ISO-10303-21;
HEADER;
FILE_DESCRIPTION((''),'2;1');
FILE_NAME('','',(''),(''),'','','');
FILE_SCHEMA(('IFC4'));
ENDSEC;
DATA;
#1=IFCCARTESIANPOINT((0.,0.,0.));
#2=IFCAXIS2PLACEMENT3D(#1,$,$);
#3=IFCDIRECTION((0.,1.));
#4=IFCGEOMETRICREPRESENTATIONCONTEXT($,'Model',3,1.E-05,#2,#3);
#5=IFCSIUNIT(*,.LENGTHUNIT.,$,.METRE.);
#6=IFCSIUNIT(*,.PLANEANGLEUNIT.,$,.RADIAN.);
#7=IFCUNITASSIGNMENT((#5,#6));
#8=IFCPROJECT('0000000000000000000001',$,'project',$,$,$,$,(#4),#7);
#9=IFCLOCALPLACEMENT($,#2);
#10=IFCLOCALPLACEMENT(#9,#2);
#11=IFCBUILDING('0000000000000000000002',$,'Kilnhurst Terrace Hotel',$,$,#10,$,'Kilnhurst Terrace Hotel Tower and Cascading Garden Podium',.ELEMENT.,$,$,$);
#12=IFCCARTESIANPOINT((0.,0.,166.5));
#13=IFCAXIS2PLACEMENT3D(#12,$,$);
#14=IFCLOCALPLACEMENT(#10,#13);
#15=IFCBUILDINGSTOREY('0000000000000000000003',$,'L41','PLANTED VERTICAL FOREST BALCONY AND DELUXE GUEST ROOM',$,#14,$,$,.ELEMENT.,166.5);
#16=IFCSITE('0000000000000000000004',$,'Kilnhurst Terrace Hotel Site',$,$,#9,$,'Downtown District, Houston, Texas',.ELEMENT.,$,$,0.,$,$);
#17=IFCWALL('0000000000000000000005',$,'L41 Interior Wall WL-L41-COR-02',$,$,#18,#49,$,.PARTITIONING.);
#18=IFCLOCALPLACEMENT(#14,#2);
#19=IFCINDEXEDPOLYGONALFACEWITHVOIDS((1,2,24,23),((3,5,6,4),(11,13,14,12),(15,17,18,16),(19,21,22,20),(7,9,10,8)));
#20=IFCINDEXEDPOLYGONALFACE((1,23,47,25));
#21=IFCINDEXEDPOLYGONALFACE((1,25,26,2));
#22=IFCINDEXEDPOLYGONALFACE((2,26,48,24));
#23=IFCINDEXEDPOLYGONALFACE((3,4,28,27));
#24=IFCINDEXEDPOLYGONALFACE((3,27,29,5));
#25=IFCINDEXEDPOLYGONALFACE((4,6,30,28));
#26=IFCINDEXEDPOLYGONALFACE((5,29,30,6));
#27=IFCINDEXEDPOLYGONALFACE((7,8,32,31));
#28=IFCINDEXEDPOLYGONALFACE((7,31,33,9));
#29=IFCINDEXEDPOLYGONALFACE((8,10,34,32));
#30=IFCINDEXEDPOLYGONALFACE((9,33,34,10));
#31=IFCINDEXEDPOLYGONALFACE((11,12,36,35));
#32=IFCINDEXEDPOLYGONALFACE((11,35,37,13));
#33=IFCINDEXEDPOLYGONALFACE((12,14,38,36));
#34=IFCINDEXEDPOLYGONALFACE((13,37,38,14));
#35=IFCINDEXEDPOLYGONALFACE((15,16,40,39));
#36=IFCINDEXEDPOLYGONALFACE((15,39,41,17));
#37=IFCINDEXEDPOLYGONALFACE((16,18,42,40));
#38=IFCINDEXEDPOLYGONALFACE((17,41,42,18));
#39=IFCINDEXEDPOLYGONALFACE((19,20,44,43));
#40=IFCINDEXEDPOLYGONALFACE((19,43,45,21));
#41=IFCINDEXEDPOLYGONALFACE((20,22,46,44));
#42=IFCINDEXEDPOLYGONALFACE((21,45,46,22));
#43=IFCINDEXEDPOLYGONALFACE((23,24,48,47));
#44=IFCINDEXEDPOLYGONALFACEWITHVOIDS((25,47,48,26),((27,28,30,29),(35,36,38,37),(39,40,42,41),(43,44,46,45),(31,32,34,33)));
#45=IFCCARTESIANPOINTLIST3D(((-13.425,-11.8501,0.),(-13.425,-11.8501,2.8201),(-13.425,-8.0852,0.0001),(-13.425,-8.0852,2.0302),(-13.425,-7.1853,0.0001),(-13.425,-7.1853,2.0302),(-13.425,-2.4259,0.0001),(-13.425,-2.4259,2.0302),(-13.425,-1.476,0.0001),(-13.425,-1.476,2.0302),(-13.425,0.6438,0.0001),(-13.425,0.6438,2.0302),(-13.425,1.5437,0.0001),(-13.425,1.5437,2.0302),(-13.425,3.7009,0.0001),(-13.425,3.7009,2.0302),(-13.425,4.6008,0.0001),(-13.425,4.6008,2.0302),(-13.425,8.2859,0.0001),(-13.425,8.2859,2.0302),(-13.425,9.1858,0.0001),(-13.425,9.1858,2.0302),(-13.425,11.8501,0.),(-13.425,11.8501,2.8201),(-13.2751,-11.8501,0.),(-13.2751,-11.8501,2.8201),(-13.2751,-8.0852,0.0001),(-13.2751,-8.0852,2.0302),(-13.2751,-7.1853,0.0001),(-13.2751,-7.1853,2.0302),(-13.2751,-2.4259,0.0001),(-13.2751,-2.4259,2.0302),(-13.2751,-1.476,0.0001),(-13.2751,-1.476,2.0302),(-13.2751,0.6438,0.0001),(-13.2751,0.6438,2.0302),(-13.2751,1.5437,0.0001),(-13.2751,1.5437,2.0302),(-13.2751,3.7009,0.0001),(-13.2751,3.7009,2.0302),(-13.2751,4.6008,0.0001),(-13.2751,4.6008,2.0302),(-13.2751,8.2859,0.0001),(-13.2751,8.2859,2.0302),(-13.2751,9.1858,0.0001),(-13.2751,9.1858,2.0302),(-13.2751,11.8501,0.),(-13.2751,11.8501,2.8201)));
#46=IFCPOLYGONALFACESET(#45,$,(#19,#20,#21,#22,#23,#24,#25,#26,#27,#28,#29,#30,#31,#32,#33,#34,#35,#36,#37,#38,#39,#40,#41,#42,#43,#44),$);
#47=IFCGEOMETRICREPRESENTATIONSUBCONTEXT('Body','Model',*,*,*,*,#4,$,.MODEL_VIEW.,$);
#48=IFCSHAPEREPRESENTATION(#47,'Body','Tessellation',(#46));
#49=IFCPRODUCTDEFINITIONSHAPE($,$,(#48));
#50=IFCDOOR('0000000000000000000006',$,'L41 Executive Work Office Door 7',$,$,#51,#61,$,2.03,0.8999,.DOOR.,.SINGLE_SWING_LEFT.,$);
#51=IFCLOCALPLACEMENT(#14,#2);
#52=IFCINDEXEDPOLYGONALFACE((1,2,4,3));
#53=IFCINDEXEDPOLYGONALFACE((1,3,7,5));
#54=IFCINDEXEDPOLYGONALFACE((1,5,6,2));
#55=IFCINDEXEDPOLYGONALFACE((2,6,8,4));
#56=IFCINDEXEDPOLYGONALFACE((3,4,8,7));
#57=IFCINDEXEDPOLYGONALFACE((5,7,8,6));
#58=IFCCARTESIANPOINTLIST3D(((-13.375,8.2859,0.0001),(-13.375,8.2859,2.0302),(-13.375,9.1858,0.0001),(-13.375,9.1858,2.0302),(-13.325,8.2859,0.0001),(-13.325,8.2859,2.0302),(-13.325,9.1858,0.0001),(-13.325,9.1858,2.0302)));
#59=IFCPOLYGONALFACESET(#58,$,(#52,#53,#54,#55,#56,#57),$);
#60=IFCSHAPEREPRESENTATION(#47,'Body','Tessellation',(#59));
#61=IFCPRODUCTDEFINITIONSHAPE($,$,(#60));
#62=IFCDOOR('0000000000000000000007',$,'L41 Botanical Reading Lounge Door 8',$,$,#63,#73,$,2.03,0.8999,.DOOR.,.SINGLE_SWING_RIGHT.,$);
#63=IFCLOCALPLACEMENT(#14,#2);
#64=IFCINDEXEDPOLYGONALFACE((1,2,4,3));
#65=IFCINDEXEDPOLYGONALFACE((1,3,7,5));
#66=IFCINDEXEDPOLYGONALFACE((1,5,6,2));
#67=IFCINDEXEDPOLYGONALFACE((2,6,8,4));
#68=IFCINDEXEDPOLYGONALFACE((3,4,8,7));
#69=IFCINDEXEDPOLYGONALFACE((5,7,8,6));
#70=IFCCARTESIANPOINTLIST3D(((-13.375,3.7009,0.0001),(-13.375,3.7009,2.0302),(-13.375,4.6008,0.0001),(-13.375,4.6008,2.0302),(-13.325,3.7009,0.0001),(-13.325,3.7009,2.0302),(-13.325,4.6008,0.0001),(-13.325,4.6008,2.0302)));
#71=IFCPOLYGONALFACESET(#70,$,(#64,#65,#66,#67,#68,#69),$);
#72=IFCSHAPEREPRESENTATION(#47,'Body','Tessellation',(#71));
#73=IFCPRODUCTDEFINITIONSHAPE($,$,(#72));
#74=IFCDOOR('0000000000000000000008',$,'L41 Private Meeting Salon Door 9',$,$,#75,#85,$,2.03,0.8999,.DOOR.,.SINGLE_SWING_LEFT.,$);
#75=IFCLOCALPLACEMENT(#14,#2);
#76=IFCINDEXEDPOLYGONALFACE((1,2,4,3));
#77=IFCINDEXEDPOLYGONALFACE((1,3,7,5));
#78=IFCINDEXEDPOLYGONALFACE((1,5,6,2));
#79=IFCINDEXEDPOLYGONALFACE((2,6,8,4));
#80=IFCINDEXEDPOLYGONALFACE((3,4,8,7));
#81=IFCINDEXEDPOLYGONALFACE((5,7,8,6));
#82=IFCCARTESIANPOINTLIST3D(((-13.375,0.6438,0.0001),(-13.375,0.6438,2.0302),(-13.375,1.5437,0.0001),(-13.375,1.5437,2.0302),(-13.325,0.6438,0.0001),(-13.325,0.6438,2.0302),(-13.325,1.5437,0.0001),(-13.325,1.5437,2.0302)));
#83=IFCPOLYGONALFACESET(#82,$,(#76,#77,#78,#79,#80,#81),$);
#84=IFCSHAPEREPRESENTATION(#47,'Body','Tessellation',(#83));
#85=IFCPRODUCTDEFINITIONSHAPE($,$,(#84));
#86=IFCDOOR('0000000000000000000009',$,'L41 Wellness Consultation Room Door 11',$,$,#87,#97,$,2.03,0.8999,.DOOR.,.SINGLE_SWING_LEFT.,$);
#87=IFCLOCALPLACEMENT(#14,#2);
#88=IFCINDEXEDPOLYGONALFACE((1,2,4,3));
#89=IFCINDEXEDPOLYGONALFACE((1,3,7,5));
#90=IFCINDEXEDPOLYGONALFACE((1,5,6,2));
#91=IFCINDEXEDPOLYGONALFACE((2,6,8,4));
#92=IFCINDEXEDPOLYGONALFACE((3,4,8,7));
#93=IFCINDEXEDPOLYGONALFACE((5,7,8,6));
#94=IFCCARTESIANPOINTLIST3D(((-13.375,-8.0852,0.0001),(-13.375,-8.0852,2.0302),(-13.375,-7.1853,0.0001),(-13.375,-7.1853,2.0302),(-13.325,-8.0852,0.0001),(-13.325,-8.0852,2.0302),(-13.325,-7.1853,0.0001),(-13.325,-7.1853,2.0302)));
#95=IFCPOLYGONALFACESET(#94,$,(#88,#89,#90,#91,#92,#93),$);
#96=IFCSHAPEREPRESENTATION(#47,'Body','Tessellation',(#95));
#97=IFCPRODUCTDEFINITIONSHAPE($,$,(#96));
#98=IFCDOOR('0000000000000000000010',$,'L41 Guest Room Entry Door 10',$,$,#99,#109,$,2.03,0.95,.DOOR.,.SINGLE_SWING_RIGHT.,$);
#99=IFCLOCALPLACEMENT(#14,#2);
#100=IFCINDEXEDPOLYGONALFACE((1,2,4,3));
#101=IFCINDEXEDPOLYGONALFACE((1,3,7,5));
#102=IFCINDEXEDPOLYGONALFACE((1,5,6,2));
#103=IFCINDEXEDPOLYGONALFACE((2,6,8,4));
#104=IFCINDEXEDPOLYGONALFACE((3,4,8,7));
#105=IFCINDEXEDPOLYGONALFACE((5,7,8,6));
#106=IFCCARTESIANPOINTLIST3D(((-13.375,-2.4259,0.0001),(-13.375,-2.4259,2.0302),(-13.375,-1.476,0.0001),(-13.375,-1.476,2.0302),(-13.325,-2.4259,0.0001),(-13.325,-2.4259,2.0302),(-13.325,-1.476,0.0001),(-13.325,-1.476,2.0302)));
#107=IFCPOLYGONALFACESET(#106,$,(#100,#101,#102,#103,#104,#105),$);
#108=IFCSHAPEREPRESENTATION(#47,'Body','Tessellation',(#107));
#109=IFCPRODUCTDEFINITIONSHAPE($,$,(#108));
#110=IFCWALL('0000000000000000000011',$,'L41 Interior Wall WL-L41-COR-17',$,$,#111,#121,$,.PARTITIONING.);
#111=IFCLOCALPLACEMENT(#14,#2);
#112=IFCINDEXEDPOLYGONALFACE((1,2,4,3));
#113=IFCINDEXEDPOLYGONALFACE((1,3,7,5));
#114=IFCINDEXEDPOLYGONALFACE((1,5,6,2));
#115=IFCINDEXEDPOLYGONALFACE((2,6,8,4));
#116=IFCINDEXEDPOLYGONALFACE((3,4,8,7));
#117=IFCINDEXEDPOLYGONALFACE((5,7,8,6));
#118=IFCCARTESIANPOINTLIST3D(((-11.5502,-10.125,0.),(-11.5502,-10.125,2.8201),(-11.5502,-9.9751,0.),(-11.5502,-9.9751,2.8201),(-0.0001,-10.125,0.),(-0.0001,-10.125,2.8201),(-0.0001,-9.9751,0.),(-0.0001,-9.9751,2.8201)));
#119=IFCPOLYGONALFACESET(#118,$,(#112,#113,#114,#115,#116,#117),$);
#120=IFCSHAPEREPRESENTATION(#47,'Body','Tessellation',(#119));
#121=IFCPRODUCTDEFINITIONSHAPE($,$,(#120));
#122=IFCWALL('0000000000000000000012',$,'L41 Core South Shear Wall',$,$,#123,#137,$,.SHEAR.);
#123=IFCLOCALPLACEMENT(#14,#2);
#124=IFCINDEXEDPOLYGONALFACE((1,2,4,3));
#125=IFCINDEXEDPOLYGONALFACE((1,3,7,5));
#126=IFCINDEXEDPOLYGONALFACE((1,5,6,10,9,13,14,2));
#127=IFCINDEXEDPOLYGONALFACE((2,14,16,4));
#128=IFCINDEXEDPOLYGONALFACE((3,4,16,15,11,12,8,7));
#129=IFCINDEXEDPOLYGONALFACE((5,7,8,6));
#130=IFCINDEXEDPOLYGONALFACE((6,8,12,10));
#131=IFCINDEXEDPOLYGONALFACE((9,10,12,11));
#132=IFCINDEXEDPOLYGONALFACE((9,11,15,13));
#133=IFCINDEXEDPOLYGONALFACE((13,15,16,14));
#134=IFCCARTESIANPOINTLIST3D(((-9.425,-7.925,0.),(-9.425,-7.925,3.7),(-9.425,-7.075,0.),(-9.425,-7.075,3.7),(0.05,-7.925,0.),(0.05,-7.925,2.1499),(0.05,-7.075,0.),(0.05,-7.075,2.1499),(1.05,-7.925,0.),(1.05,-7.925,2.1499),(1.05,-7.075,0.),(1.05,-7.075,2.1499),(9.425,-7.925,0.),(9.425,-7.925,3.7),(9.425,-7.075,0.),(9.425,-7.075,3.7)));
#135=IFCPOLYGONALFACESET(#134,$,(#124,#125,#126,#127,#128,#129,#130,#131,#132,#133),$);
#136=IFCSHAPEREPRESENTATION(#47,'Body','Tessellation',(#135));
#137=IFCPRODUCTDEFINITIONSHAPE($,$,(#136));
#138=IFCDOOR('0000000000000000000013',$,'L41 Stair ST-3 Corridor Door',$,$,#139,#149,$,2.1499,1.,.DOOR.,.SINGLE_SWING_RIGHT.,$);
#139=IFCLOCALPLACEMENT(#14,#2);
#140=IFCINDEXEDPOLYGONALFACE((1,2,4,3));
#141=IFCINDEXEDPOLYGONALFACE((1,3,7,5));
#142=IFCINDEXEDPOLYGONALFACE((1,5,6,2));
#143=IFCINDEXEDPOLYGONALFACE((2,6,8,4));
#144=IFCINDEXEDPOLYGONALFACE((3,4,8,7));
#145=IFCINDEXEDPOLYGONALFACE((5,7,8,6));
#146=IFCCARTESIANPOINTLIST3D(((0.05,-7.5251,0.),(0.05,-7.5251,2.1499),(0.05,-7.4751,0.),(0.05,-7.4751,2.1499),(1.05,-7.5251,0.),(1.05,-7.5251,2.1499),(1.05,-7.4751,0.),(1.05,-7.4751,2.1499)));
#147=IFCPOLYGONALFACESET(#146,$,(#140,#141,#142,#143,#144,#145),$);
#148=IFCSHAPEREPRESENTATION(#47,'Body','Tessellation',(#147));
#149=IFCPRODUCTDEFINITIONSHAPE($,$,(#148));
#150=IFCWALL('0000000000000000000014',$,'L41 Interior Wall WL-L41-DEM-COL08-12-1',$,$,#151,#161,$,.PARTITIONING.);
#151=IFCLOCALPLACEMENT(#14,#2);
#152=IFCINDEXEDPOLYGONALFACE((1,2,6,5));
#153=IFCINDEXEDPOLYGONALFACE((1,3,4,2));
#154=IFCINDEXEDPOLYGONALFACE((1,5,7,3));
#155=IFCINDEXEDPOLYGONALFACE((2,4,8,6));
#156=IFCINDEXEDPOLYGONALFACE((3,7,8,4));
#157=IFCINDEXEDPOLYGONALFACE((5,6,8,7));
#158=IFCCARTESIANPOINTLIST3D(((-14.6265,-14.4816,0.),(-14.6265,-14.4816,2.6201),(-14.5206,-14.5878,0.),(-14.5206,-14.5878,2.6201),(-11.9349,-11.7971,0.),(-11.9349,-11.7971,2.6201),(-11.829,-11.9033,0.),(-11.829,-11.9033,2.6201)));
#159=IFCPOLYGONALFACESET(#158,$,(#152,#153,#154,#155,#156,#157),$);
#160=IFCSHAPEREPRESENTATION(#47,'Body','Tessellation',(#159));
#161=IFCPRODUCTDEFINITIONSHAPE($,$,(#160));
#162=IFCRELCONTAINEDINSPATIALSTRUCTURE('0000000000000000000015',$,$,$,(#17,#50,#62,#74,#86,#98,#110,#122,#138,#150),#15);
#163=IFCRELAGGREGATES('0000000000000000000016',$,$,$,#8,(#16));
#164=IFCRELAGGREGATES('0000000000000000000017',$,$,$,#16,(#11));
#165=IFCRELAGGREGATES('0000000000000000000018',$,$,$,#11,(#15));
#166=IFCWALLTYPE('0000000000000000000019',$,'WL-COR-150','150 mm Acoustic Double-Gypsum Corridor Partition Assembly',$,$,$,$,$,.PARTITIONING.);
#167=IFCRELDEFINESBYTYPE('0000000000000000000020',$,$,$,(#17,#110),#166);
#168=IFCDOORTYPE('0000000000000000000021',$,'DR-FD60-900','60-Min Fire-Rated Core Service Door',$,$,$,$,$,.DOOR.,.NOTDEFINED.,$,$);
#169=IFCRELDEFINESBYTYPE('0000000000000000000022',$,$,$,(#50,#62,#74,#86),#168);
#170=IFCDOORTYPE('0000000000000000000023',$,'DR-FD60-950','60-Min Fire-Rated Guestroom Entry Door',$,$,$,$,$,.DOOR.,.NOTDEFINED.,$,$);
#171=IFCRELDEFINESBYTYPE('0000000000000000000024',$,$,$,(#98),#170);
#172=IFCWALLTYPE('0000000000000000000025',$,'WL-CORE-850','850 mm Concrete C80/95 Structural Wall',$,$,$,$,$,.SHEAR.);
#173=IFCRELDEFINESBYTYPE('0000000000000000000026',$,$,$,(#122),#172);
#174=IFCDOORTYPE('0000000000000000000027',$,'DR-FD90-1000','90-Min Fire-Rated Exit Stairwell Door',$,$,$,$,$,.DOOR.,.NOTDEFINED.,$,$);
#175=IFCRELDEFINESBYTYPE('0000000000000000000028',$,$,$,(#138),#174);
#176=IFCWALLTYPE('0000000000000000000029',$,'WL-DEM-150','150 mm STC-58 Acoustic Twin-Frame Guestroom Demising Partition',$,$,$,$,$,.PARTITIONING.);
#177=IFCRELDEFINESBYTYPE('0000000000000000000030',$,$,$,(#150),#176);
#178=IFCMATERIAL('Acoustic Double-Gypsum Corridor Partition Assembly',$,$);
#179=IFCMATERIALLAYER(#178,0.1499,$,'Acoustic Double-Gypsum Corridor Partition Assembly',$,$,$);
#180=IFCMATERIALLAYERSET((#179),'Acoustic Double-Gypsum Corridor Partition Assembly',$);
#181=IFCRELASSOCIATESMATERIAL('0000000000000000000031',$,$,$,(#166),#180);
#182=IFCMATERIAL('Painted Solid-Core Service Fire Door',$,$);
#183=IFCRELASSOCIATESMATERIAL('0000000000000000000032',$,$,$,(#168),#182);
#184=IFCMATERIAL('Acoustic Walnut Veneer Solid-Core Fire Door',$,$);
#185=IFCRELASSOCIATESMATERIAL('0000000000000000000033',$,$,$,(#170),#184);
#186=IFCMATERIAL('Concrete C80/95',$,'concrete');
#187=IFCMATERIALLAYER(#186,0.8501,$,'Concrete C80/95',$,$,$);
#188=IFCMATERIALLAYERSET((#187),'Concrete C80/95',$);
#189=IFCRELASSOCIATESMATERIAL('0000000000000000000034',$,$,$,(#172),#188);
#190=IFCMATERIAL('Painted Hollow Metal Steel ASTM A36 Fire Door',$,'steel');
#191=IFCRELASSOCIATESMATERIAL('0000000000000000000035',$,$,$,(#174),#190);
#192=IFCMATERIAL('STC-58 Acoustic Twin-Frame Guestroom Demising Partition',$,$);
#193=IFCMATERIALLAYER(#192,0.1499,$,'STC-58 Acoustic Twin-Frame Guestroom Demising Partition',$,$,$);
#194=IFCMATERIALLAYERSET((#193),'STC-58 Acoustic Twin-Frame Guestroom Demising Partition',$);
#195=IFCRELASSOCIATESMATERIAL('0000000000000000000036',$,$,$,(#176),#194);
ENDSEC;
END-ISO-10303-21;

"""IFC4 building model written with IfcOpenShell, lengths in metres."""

from ifc_helpers import new_model, si_unit, direction, frame, frame_2d, origin, place, context, subcontext, project, spatial, rectangle, extrude, material, layer, layer_set, type_object, element, fill, save


model = new_model("IFC4")

# Units and contexts
model_context = context("Model", 3, precision=1e-05, world=origin(), true_north=direction((0.0, 1.0)))
body_context = subcontext(model_context, "Body", "Model", "MODEL_VIEW")
ifc_project = project(units=[si_unit("LENGTHUNIT", "METRE"), si_unit("PLANEANGLEUNIT", "RADIAN")], contexts=[model_context])

# Site, building, storey
site_placement = place(None, origin())
site = spatial("IfcSite", under=ifc_project, at=site_placement, Name="Kilnhurst Terrace Hotel Site", LongName="Downtown District, Houston, Texas", CompositionType="ELEMENT", RefElevation=0.0)
building_placement = place(site_placement, origin())
building = spatial("IfcBuilding", under=site, at=building_placement, Name="Kilnhurst Terrace Hotel", LongName="Kilnhurst Terrace Hotel Tower and Cascading Garden Podium", CompositionType="ELEMENT")
storey_placement = place(building_placement, frame((0.0, 0.0, 166.5)))
storey = spatial("IfcBuildingStorey", under=building, at=storey_placement, Name="L41", Description="PLANTED VERTICAL FOREST BALCONY AND DELUXE GUEST ROOM", CompositionType="ELEMENT", Elevation=166.5)

# Shared definitions
ifc_material_1 = material(Name="Concrete C80/95", Category="concrete")

# Wall, openings, doors
ifc_material_2 = material(Name="Acoustic Double-Gypsum Corridor Partition Assembly")
ifc_layer_1 = layer(ifc_material_2, 0.1499, Name="Acoustic Double-Gypsum Corridor Partition Assembly")
ifc_layer_set_1 = layer_set([ifc_layer_1], Name="Acoustic Double-Gypsum Corridor Partition Assembly")
wall_type_1 = type_object("IfcWallType", Name="WL-COR-150", Description="150 mm Acoustic Double-Gypsum Corridor Partition Assembly", PredefinedType="PARTITIONING", material=ifc_layer_set_1)
wall_1_placement = place(storey_placement, frame((-13.3501, -11.8501, 0.0), z_axis=(0.0, 0.0, 1.0), x_axis=(0.0, 1.0, 0.0)))
wall_1 = element("IfcWall", 1, at=wall_1_placement, inside=storey, type_object=wall_type_1, Name="L41 Interior Wall WL-L41-COR-02", PredefinedType="PARTITIONING", context=body_context, shape_type="SweptSolid", body=[
    extrude(rectangle(XDim=23.7002, YDim=0.1499, at=frame_2d((11.8501, 0.0))), origin(), (0.0, 0.0, 1.0), 2.8201),
])
opening_1_placement = place(wall_1_placement, frame((20.136, 0.0, 0.0)))
opening_1 = element("IfcOpeningElement", 2, at=opening_1_placement, cuts=wall_1, PredefinedType="OPENING", context=body_context, shape_type="SweptSolid", body=[
    extrude(rectangle(XDim=0.8999, YDim=2.03, at=frame_2d((0.45, 1.0151))), frame((0.0, 0.085, 0.0), z_axis=(0.0, -1.0, 0.0), x_axis=(1.0, 0.0, 0.0)), (0.0, 0.0, 1.0), 0.1699),
])
opening_2_placement = place(wall_1_placement, frame((15.551, 0.0, 0.0)))
opening_2 = element("IfcOpeningElement", 3, at=opening_2_placement, cuts=wall_1, PredefinedType="OPENING", context=body_context, shape_type="SweptSolid", body=[
    extrude(rectangle(XDim=0.8999, YDim=2.03, at=frame_2d((0.45, 1.0151))), frame((0.0, 0.085, 0.0), z_axis=(0.0, -1.0, 0.0), x_axis=(1.0, 0.0, 0.0)), (0.0, 0.0, 1.0), 0.1699),
])
opening_3_placement = place(wall_1_placement, frame((12.4939, 0.0, 0.0)))
opening_3 = element("IfcOpeningElement", 4, at=opening_3_placement, cuts=wall_1, PredefinedType="OPENING", context=body_context, shape_type="SweptSolid", body=[
    extrude(rectangle(XDim=0.8999, YDim=2.03, at=frame_2d((0.45, 1.0151))), frame((0.0, 0.085, 0.0), z_axis=(0.0, -1.0, 0.0), x_axis=(1.0, 0.0, 0.0)), (0.0, 0.0, 1.0), 0.1699),
])
opening_4_placement = place(wall_1_placement, frame((9.4241, 0.0, 0.0)))
opening_4 = element("IfcOpeningElement", 5, at=opening_4_placement, cuts=wall_1, PredefinedType="OPENING", context=body_context, shape_type="SweptSolid", body=[
    extrude(rectangle(XDim=0.95, YDim=2.03, at=frame_2d((0.4751, 1.0151))), frame((0.0, 0.085, 0.0), z_axis=(0.0, -1.0, 0.0), x_axis=(1.0, 0.0, 0.0)), (0.0, 0.0, 1.0), 0.1699),
])
opening_5_placement = place(wall_1_placement, frame((3.7649, 0.0, 0.0)))
opening_5 = element("IfcOpeningElement", 6, at=opening_5_placement, cuts=wall_1, PredefinedType="OPENING", context=body_context, shape_type="SweptSolid", body=[
    extrude(rectangle(XDim=0.8999, YDim=2.03, at=frame_2d((0.45, 1.0151))), frame((0.0, 0.085, 0.0), z_axis=(0.0, -1.0, 0.0), x_axis=(1.0, 0.0, 0.0)), (0.0, 0.0, 1.0), 0.1699),
])
ifc_material_3 = material(Name="Painted Solid-Core Service Fire Door")
door_type_1 = type_object("IfcDoorType", Name="DR-FD60-900", Description="60-Min Fire-Rated Core Service Door", OperationType="NOTDEFINED", PredefinedType="DOOR", material=ifc_material_3)
door_1_placement = place(opening_1_placement, origin())
door_1 = element("IfcDoor", 7, at=door_1_placement, inside=storey, type_object=door_type_1, Name="L41 Executive Work Office Door 7", OperationType="SINGLE_SWING_LEFT", OverallHeight=2.03, OverallWidth=0.8999, PredefinedType="DOOR", context=body_context, shape_type="SweptSolid", body=[
    extrude(rectangle(XDim=0.8999, YDim=2.03, at=frame_2d((0.45, 1.0151))), frame((0.0, 0.0249, 0.0), z_axis=(0.0, -1.0, 0.0), x_axis=(1.0, 0.0, 0.0)), (0.0, 0.0, 1.0), 0.05),
])
fill(opening_1, door_1)
door_2_placement = place(opening_2_placement, origin())
door_2 = element("IfcDoor", 8, at=door_2_placement, inside=storey, type_object=door_type_1, Name="L41 Botanical Reading Lounge Door 8", OperationType="SINGLE_SWING_RIGHT", OverallHeight=2.03, OverallWidth=0.8999, PredefinedType="DOOR", context=body_context, shape_type="SweptSolid", body=[
    extrude(rectangle(XDim=0.8999, YDim=2.03, at=frame_2d((0.45, 1.0151))), frame((0.0, 0.0249, 0.0), z_axis=(0.0, -1.0, 0.0), x_axis=(1.0, 0.0, 0.0)), (0.0, 0.0, 1.0), 0.05),
])
fill(opening_2, door_2)
door_3_placement = place(opening_3_placement, origin())
door_3 = element("IfcDoor", 9, at=door_3_placement, inside=storey, type_object=door_type_1, Name="L41 Private Meeting Salon Door 9", OperationType="SINGLE_SWING_LEFT", OverallHeight=2.03, OverallWidth=0.8999, PredefinedType="DOOR", context=body_context, shape_type="SweptSolid", body=[
    extrude(rectangle(XDim=0.8999, YDim=2.03, at=frame_2d((0.45, 1.0151))), frame((0.0, 0.0249, 0.0), z_axis=(0.0, -1.0, 0.0), x_axis=(1.0, 0.0, 0.0)), (0.0, 0.0, 1.0), 0.05),
])
fill(opening_3, door_3)
door_4_placement = place(opening_5_placement, origin())
door_4 = element("IfcDoor", 10, at=door_4_placement, inside=storey, type_object=door_type_1, Name="L41 Wellness Consultation Room Door 11", OperationType="SINGLE_SWING_LEFT", OverallHeight=2.03, OverallWidth=0.8999, PredefinedType="DOOR", context=body_context, shape_type="SweptSolid", body=[
    extrude(rectangle(XDim=0.8999, YDim=2.03, at=frame_2d((0.45, 1.0151))), frame((0.0, 0.0249, 0.0), z_axis=(0.0, -1.0, 0.0), x_axis=(1.0, 0.0, 0.0)), (0.0, 0.0, 1.0), 0.05),
])
fill(opening_5, door_4)
ifc_material_4 = material(Name="Acoustic Walnut Veneer Solid-Core Fire Door")
door_type_2 = type_object("IfcDoorType", Name="DR-FD60-950", Description="60-Min Fire-Rated Guestroom Entry Door", OperationType="NOTDEFINED", PredefinedType="DOOR", material=ifc_material_4)
door_5_placement = place(opening_4_placement, origin())
door_5 = element("IfcDoor", 11, at=door_5_placement, inside=storey, type_object=door_type_2, Name="L41 Guest Room Entry Door 10", OperationType="SINGLE_SWING_RIGHT", OverallHeight=2.03, OverallWidth=0.95, PredefinedType="DOOR", context=body_context, shape_type="SweptSolid", body=[
    extrude(rectangle(XDim=0.95, YDim=2.03, at=frame_2d((0.4751, 1.0151))), frame((0.0, 0.0249, 0.0), z_axis=(0.0, -1.0, 0.0), x_axis=(1.0, 0.0, 0.0)), (0.0, 0.0, 1.0), 0.05),
])
fill(opening_4, door_5)

# Wall
wall_2_placement = place(storey_placement, frame((-11.55, -10.05, 0.0), z_axis=(0.0, 0.0, 1.0), x_axis=(1.0, 0.0, 0.0)))
element("IfcWall", 12, at=wall_2_placement, inside=storey, type_object=wall_type_1, Name="L41 Interior Wall WL-L41-COR-17", PredefinedType="PARTITIONING", context=body_context, shape_type="SweptSolid", body=[
    extrude(rectangle(XDim=11.55, YDim=0.1499, at=frame_2d((5.7749, 0.0))), origin(), (0.0, 0.0, 1.0), 2.8201),
])

# Wall, opening, door
ifc_layer_2 = layer(ifc_material_1, 0.8501, Name="Concrete C80/95")
ifc_layer_set_2 = layer_set([ifc_layer_2], Name="Concrete C80/95")
wall_type_2 = type_object("IfcWallType", Name="WL-CORE-850", Description="850 mm Concrete C80/95 Structural Wall", PredefinedType="SHEAR", material=ifc_layer_set_2)
wall_3_placement = place(storey_placement, frame((-9.425, -7.5, 0.0), z_axis=(0.0, 0.0, 1.0), x_axis=(1.0, 0.0, 0.0)))
wall_3 = element("IfcWall", 13, at=wall_3_placement, inside=storey, type_object=wall_type_2, Name="L41 Core South Shear Wall", PredefinedType="SHEAR", context=body_context, shape_type="SweptSolid", body=[
    extrude(rectangle(XDim=18.8501, YDim=0.8501, at=frame_2d((9.425, 0.0))), origin(), (0.0, 0.0, 1.0), 3.7),
])
opening_6_placement = place(wall_3_placement, frame((9.4751, 0.0, 0.0)))
opening_6 = element("IfcOpeningElement", 14, at=opening_6_placement, cuts=wall_3, PredefinedType="OPENING", context=body_context, shape_type="SweptSolid", body=[
    extrude(rectangle(XDim=1.0, YDim=2.1499, at=frame_2d((0.5, 1.075))), frame((0.0, 0.4351, 0.0), z_axis=(0.0, -1.0, 0.0), x_axis=(1.0, 0.0, 0.0)), (0.0, 0.0, 1.0), 0.8701),
])
ifc_material_5 = material(Name="Painted Hollow Metal Steel ASTM A36 Fire Door", Category="steel")
door_type_3 = type_object("IfcDoorType", Name="DR-FD90-1000", Description="90-Min Fire-Rated Exit Stairwell Door", OperationType="NOTDEFINED", PredefinedType="DOOR", material=ifc_material_5)
door_6_placement = place(opening_6_placement, origin())
door_6 = element("IfcDoor", 15, at=door_6_placement, inside=storey, type_object=door_type_3, Name="L41 Stair ST-3 Corridor Door", OperationType="SINGLE_SWING_RIGHT", OverallHeight=2.1499, OverallWidth=1.0, PredefinedType="DOOR", context=body_context, shape_type="SweptSolid", body=[
    extrude(rectangle(XDim=1.0, YDim=2.1499, at=frame_2d((0.5, 1.075))), frame((0.0, 0.0249, 0.0), z_axis=(0.0, -1.0, 0.0), x_axis=(1.0, 0.0, 0.0)), (0.0, 0.0, 1.0), 0.05),
])
fill(opening_6, door_6)

# Wall
ifc_material_6 = material(Name="STC-58 Acoustic Twin-Frame Guestroom Demising Partition")
ifc_layer_3 = layer(ifc_material_6, 0.1499, Name="STC-58 Acoustic Twin-Frame Guestroom Demising Partition")
ifc_layer_set_3 = layer_set([ifc_layer_3], Name="STC-58 Acoustic Twin-Frame Guestroom Demising Partition")
wall_type_3 = type_object("IfcWallType", Name="WL-DEM-150", Description="150 mm STC-58 Acoustic Twin-Frame Guestroom Demising Partition", PredefinedType="PARTITIONING", material=ifc_layer_set_3)
wall_4_placement = place(storey_placement, frame((-11.8818, -11.8501, 0.0), z_axis=(0.0, 0.0, 1.0), x_axis=(-0.708037, -0.706175, 0.0)))
element("IfcWall", 16, at=wall_4_placement, inside=storey, type_object=wall_type_3, Name="L41 Interior Wall WL-L41-DEM-COL08-12-1", PredefinedType="PARTITIONING", context=body_context, shape_type="SweptSolid", body=[
    extrude(rectangle(XDim=3.8015, YDim=0.1499, at=frame_2d((1.9009, 0.0))), origin(), (0.0, 0.0, 1.0), 2.6201),
])

save(model, "model.ifc")
